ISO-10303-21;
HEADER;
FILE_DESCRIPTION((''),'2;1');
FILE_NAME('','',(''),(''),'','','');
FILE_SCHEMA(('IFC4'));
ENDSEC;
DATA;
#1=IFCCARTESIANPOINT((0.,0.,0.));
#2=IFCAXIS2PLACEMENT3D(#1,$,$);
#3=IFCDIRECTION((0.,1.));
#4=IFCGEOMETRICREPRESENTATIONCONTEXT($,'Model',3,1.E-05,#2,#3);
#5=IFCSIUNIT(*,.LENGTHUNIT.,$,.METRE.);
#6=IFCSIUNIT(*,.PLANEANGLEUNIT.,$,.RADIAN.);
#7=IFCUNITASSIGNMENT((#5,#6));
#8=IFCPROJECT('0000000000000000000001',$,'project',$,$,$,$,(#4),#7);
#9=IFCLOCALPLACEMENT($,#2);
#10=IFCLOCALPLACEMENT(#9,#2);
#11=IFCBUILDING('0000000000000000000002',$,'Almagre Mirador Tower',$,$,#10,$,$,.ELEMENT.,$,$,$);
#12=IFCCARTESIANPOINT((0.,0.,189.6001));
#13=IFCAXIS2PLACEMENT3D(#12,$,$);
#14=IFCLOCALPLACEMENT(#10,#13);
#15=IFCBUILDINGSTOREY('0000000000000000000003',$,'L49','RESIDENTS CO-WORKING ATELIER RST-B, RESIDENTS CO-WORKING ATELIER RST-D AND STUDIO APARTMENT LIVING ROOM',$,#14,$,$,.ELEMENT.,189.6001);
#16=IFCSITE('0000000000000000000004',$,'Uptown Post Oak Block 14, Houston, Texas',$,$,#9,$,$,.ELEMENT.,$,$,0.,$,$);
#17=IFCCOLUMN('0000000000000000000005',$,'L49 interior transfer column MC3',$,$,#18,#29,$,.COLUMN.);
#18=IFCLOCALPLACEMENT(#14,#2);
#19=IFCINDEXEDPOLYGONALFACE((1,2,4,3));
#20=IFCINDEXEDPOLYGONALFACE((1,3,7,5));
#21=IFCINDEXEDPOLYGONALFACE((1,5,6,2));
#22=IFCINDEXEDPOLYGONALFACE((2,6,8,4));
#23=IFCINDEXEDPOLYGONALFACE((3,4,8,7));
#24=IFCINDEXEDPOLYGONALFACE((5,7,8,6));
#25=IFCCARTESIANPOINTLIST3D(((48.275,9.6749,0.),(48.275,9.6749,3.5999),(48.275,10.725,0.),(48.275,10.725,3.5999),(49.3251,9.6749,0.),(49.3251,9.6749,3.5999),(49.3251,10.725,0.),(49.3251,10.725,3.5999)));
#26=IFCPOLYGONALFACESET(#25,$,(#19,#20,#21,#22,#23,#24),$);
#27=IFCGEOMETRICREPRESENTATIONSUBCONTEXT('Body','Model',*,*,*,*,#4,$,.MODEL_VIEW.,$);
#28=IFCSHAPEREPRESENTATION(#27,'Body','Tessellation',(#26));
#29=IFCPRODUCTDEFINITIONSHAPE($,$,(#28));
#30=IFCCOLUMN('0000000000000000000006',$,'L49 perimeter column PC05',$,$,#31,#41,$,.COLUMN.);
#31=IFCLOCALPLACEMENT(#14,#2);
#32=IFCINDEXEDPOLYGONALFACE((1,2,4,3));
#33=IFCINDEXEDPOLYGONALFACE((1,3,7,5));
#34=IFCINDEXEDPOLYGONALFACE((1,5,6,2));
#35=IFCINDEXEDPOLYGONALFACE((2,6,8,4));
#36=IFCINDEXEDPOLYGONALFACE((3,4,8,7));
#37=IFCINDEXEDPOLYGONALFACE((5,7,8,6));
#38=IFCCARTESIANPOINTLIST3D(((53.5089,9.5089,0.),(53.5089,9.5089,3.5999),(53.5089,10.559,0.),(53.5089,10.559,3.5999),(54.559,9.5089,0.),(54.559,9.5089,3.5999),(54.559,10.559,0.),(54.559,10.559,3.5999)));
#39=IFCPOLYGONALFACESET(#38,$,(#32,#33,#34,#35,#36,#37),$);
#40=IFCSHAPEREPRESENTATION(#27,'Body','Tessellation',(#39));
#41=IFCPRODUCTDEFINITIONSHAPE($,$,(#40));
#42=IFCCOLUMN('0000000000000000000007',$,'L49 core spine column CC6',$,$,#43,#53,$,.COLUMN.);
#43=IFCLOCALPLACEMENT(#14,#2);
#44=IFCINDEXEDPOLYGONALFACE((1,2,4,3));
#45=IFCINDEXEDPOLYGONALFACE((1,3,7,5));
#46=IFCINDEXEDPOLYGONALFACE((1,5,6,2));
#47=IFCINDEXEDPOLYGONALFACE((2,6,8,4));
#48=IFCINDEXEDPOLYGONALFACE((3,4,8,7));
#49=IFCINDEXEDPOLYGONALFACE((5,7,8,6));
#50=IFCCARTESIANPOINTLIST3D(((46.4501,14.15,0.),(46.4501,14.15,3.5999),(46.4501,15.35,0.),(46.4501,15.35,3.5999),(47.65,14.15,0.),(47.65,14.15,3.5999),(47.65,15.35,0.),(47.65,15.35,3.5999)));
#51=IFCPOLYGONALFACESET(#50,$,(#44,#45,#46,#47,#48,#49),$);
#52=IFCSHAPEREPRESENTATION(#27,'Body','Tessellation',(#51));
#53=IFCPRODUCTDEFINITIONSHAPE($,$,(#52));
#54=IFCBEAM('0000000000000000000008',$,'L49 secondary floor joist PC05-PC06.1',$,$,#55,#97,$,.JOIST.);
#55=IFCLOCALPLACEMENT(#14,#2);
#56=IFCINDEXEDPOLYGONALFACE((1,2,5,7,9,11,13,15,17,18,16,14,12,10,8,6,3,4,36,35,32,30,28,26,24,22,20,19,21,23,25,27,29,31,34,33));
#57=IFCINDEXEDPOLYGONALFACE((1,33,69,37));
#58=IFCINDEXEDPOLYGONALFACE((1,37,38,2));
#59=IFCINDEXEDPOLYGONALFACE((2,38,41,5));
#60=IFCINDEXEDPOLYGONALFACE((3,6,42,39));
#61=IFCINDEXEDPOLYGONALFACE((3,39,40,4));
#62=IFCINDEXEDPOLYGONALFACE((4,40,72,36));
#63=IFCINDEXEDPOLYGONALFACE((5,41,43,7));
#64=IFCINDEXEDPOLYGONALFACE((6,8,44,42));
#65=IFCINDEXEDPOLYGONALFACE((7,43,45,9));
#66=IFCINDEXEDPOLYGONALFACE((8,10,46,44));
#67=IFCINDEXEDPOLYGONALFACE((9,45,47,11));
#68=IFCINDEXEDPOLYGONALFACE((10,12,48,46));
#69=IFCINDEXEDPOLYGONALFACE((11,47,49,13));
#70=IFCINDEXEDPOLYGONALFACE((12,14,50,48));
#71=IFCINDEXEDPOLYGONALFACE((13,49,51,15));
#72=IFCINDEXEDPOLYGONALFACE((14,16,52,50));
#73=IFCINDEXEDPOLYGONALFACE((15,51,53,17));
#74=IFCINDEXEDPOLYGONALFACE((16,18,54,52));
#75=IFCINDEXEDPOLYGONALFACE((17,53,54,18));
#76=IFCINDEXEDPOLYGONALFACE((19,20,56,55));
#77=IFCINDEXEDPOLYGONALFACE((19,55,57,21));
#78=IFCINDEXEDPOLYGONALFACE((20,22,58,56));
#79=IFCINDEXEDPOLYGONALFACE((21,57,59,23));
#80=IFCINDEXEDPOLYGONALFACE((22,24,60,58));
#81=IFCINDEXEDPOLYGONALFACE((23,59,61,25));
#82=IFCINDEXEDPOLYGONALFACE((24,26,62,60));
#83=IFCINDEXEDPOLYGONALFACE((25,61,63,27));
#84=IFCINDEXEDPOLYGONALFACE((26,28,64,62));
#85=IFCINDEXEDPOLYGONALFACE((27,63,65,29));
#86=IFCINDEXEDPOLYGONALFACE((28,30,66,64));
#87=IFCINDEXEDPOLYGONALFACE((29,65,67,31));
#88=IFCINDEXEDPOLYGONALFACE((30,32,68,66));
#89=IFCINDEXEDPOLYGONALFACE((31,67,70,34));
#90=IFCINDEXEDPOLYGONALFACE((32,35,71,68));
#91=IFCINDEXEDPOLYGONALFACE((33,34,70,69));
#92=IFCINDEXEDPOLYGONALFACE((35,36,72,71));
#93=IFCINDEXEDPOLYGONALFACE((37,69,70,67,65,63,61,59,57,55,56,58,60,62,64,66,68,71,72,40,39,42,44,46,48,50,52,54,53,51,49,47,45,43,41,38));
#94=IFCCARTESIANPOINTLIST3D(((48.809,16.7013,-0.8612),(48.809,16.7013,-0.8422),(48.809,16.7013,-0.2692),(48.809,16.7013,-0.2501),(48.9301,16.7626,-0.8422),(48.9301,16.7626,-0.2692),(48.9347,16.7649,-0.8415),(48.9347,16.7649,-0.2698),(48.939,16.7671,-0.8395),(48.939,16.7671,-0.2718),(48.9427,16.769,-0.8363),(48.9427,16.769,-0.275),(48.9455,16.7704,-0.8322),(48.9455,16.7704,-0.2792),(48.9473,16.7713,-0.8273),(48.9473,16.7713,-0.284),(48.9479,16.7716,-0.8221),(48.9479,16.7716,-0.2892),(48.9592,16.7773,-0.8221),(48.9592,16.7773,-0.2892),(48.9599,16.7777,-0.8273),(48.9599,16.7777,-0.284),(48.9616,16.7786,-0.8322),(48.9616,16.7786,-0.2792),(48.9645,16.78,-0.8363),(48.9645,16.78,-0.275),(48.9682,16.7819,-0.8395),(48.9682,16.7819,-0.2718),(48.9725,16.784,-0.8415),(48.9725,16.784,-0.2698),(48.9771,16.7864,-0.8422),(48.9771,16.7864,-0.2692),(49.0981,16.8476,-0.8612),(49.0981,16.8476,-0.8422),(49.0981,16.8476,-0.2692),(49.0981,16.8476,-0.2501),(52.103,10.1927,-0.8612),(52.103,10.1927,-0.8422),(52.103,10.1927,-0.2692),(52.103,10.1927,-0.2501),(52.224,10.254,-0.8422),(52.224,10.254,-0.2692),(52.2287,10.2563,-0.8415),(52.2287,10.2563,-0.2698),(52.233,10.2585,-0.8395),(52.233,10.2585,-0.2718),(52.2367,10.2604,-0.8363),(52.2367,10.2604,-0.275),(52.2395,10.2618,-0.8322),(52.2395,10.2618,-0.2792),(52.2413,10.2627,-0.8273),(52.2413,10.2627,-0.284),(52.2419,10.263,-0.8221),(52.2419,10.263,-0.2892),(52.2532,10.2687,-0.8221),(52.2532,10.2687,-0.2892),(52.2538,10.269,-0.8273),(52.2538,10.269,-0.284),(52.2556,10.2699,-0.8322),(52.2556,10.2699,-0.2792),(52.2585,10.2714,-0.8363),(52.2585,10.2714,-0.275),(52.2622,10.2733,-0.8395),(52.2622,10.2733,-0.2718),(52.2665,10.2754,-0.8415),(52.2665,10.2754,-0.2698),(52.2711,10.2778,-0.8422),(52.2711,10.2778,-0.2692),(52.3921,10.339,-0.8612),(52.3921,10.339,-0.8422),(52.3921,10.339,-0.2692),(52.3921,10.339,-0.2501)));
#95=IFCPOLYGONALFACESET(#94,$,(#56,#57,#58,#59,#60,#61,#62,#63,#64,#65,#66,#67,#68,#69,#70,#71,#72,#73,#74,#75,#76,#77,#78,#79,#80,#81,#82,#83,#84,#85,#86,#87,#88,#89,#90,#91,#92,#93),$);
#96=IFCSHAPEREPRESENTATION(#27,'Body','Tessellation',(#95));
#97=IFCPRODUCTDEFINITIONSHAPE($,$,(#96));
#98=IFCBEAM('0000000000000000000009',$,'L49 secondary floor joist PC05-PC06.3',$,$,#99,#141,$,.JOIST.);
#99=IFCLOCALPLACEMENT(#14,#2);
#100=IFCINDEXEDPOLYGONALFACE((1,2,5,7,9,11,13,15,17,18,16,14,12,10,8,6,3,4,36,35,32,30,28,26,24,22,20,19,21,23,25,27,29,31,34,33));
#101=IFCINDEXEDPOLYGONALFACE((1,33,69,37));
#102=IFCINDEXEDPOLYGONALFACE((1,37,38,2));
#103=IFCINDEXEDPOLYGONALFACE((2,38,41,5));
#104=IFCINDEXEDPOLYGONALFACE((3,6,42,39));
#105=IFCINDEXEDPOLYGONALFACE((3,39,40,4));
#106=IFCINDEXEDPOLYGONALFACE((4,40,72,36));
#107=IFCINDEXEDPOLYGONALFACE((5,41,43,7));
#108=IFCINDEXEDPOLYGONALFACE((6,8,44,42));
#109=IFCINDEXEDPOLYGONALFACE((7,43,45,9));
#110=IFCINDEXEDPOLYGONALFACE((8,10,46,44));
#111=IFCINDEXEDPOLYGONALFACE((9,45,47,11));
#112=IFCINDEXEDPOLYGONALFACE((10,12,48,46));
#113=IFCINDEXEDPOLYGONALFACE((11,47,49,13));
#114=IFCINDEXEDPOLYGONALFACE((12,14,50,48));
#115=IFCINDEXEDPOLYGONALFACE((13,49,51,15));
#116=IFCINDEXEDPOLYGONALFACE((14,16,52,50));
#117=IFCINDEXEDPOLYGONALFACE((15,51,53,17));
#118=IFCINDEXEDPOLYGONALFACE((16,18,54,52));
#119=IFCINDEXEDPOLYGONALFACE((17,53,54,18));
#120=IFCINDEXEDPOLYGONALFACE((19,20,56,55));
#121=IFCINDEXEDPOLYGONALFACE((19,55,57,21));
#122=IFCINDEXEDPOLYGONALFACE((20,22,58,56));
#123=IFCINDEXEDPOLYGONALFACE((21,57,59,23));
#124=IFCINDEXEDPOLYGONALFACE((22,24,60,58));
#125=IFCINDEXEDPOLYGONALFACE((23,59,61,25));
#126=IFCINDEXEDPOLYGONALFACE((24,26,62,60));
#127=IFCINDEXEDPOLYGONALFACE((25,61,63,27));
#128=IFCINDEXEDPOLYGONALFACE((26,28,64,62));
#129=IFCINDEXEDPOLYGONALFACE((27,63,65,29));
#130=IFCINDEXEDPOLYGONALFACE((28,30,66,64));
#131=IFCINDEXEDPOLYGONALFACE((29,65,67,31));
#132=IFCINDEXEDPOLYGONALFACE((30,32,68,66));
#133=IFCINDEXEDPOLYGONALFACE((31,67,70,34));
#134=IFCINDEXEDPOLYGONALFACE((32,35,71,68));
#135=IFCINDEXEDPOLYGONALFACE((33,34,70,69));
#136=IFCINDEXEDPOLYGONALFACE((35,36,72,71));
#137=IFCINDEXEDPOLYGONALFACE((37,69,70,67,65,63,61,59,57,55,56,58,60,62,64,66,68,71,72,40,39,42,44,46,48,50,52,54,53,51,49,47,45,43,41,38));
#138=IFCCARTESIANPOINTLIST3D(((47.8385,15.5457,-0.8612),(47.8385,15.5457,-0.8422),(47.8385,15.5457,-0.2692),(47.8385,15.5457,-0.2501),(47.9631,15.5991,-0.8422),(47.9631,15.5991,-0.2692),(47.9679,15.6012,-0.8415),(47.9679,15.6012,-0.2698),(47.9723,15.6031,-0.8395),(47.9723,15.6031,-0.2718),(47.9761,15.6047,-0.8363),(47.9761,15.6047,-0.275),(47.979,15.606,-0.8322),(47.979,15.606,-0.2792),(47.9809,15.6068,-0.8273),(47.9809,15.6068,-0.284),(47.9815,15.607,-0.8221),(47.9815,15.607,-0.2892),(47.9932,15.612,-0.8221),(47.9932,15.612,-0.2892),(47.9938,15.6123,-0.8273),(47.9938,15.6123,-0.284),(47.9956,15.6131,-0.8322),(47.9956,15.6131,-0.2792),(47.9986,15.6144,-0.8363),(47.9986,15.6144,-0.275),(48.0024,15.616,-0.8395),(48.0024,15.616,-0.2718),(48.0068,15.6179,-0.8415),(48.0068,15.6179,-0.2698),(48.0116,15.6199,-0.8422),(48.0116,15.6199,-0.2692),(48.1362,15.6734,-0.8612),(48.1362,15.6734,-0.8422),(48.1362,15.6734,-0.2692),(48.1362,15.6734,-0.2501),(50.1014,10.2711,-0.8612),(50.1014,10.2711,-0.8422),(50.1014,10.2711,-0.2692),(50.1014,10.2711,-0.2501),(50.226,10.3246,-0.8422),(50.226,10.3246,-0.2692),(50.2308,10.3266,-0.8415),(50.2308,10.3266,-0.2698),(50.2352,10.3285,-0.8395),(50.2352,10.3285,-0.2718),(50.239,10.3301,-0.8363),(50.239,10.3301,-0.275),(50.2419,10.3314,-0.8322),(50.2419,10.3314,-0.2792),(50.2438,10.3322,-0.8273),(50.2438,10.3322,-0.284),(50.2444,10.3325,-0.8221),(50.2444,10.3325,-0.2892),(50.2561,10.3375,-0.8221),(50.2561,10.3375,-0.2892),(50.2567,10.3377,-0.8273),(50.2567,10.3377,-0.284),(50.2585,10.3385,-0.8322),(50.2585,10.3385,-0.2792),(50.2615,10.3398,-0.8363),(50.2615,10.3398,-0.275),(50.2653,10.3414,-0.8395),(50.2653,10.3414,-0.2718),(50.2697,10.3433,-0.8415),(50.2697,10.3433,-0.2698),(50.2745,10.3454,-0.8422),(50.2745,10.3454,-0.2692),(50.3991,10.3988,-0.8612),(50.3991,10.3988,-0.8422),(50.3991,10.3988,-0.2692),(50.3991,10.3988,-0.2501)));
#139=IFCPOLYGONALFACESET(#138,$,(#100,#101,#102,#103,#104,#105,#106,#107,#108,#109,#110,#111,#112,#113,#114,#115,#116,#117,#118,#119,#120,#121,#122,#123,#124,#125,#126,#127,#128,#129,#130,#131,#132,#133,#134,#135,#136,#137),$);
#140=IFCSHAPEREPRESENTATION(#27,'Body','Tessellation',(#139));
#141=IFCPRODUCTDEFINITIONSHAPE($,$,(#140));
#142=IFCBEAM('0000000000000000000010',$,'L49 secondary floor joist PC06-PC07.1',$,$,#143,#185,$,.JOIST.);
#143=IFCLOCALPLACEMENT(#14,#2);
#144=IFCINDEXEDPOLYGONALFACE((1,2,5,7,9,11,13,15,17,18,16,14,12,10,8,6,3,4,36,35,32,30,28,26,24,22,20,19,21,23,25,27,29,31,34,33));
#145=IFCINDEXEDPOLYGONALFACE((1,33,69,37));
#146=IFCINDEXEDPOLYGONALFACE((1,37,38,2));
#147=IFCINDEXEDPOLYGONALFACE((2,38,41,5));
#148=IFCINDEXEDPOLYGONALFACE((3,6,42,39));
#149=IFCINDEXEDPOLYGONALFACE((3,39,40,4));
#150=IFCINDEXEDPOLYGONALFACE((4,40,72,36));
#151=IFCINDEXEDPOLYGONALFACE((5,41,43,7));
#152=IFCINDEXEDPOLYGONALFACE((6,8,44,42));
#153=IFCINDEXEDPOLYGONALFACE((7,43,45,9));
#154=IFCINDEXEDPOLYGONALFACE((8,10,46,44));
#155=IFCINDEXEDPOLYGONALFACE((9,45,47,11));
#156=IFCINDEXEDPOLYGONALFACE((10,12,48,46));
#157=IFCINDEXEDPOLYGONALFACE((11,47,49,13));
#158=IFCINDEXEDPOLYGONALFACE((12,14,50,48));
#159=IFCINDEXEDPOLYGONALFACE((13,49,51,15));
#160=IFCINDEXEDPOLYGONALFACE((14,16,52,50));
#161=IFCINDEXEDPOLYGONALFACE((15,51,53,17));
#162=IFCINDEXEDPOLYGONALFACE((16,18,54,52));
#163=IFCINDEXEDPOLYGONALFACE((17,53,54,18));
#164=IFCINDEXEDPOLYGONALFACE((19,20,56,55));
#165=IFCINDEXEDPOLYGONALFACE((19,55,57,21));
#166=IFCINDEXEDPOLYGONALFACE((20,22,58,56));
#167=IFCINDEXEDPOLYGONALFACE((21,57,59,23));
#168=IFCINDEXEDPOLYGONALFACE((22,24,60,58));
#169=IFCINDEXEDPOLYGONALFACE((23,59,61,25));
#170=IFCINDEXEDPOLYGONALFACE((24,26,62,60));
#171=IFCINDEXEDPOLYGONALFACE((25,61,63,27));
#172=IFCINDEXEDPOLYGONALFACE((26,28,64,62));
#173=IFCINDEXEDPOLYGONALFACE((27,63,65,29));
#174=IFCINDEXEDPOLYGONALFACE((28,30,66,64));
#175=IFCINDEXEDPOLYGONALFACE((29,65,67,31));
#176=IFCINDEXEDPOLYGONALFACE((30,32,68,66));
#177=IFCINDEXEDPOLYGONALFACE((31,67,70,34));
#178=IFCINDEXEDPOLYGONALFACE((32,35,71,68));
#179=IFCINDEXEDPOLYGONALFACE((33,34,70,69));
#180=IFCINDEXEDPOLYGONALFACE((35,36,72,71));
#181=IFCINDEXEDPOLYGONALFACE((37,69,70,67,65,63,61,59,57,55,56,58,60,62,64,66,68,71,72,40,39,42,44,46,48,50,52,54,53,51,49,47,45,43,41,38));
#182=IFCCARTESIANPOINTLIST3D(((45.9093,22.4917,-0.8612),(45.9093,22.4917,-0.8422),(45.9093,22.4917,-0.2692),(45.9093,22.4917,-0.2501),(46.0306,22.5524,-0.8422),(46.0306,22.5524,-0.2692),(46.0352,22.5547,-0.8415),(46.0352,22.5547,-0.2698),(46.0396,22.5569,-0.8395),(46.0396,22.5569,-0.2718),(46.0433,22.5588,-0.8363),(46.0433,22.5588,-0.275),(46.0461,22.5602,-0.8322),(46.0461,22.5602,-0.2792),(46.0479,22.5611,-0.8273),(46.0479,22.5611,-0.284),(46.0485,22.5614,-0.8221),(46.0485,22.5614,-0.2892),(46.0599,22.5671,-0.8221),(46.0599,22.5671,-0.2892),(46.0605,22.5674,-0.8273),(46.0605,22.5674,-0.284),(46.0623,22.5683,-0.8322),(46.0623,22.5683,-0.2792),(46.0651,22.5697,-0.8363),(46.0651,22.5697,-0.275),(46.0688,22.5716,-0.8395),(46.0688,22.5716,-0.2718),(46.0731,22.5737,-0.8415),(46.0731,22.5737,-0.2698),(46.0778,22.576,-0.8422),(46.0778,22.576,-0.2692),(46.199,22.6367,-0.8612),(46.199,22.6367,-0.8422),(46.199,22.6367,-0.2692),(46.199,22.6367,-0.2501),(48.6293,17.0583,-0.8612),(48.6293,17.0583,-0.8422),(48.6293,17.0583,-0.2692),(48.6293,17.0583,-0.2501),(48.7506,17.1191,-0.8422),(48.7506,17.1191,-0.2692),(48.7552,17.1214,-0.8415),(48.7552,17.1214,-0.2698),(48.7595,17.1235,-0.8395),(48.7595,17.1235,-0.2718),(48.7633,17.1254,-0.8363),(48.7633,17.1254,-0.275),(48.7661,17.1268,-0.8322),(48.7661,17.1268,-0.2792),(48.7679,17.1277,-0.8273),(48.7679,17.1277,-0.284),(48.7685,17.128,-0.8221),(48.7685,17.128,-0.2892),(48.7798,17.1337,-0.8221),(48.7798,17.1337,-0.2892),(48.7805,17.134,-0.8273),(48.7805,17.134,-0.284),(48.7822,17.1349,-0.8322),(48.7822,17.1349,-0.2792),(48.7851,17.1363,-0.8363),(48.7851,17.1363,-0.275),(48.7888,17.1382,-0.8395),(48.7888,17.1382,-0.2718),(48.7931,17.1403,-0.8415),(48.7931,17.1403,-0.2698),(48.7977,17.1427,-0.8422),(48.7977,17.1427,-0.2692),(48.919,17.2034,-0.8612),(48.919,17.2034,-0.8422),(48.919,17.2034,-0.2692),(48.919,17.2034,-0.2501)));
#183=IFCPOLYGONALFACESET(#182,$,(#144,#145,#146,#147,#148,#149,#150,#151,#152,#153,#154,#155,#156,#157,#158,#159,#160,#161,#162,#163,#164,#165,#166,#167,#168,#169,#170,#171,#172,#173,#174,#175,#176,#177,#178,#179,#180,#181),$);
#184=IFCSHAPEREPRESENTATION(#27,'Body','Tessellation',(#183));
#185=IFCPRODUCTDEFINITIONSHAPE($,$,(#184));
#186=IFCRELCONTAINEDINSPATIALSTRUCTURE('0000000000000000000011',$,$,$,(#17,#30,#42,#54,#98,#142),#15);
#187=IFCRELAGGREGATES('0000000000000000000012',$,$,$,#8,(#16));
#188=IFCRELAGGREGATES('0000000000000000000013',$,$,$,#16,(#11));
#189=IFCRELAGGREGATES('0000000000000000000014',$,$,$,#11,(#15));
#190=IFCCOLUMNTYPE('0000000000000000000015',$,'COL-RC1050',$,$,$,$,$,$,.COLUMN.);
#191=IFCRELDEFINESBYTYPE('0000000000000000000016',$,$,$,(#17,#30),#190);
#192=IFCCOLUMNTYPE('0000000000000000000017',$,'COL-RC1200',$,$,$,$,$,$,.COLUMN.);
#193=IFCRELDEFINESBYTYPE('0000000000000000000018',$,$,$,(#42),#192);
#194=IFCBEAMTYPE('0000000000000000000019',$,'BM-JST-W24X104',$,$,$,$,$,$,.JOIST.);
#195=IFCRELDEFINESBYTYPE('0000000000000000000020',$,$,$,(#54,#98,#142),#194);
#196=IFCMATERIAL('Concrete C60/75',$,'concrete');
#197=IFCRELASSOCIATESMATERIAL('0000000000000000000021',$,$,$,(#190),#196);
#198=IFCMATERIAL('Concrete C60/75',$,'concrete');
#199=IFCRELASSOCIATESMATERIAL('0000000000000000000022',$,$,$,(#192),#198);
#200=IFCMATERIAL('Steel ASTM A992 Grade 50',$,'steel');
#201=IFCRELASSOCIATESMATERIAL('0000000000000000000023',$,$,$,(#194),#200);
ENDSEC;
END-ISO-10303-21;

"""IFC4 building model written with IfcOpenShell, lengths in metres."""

from ifc_helpers import new_model, si_unit, direction, frame, origin, origin_2d, place, context, subcontext, project, spatial, rectangle, i_section, extrude, material, material_profile, profile_set, type_object, element, save


model = new_model("IFC4")

# Units and contexts
model_context = context("Model", 3, precision=1e-05, world=origin(), true_north=direction((0.0, 1.0)))
body_context = subcontext(model_context, "Body", "Model", "MODEL_VIEW")
ifc_project = project(units=[si_unit("LENGTHUNIT", "METRE"), si_unit("PLANEANGLEUNIT", "RADIAN")], contexts=[model_context])

# Site, building, storey
site_placement = place(None, origin())
site = spatial("IfcSite", under=ifc_project, at=site_placement, Name="Uptown Post Oak Block 14, Houston, Texas", CompositionType="ELEMENT", RefElevation=0.0)
building_placement = place(site_placement, origin())
building = spatial("IfcBuilding", under=site, at=building_placement, Name="Almagre Mirador Tower", CompositionType="ELEMENT")
storey_placement = place(building_placement, frame((0.0, 0.0, 189.6001)))
storey = spatial("IfcBuildingStorey", under=building, at=storey_placement, Name="L49", Description="RESIDENTS CO-WORKING ATELIER RST-B, RESIDENTS CO-WORKING ATELIER RST-D AND STUDIO APARTMENT LIVING ROOM", CompositionType="ELEMENT", Elevation=189.6001)

# Columns
ifc_material_1 = material(Name="Concrete C60/75", Category="concrete")
ifc_material_profile_1 = material_profile(ifc_material_1, rectangle(XDim=1.05, YDim=1.05, at=origin_2d()), Name="RC1050X1050")
ifc_profile_set_1 = profile_set([ifc_material_profile_1], Name="Concrete C60/75")
column_type_1 = type_object("IfcColumnType", Name="COL-RC1050", PredefinedType="COLUMN", material=ifc_profile_set_1)
for number, where, z_axis, x_axis, name in (
    (1, (48.8, 10.2, 0.0), (0.0, 0.0, 1.0), (1.0, 0.0, 0.0), "L49 interior transfer column MC3"),
    (2, (54.0339, 10.0339, 0.0), (0.0, 0.0, 1.0), (1.0, 0.0, 0.0), "L49 perimeter column PC05"),
):
    element("IfcColumn", number, at=place(storey_placement, frame(where, z_axis=z_axis, x_axis=x_axis)), inside=storey, type_object=column_type_1, Name=name, PredefinedType="COLUMN", context=body_context, shape_type="SweptSolid", body=[
        extrude(rectangle(XDim=1.05, YDim=1.05, at=origin_2d()), origin(), (0.0, 0.0, 1.0), 3.5999),
    ])
ifc_material_2 = material(Name="Concrete C60/75", Category="concrete")
ifc_material_profile_2 = material_profile(ifc_material_2, rectangle(XDim=1.2, YDim=1.2, at=origin_2d()), Name="RC1200X1200")
ifc_profile_set_2 = profile_set([ifc_material_profile_2], Name="Concrete C60/75")
column_type_2 = type_object("IfcColumnType", Name="COL-RC1200", PredefinedType="COLUMN", material=ifc_profile_set_2)
column_placement = place(storey_placement, frame((47.05, 14.75, 0.0), z_axis=(0.0, 0.0, 1.0), x_axis=(1.0, 0.0, 0.0)))
element("IfcColumn", 3, at=column_placement, inside=storey, type_object=column_type_2, Name="L49 core spine column CC6", PredefinedType="COLUMN", context=body_context, shape_type="SweptSolid", body=[
    extrude(rectangle(XDim=1.2, YDim=1.2, at=origin_2d()), origin(), (0.0, 0.0, 1.0), 3.5999),
])

# Beams
ifc_material_3 = material(Name="Steel ASTM A992 Grade 50", Category="steel")
ifc_material_profile_3 = material_profile(ifc_material_3, i_section(OverallWidth=0.324, OverallDepth=0.6111, WebThickness=0.0127, FlangeThickness=0.019, FilletRadius=0.02, at=origin_2d()), Name="W24X104")
ifc_profile_set_3 = profile_set([ifc_material_profile_3], Name="Steel ASTM A992 Grade 50")
beam_type_1 = type_object("IfcBeamType", Name="BM-JST-W24X104", PredefinedType="JOIST", material=ifc_profile_set_3)
beam_1_placement = place(storey_placement, frame((52.2476, 10.2659, -0.5557), z_axis=(-0.451559, 0.892241, 0.0), x_axis=(-0.892241, -0.451559, 0.0)))
element("IfcBeam", 4, at=beam_1_placement, inside=storey, type_object=beam_type_1, Name="L49 secondary floor joist PC05-PC06.1", PredefinedType="JOIST", context=body_context, shape_type="SweptSolid", body=[
    extrude(i_section(OverallWidth=0.324, OverallDepth=0.6111, WebThickness=0.0127, FlangeThickness=0.019, FilletRadius=0.02, at=origin_2d()), origin(), (0.0, 0.0, 1.0), 7.2947),
])
beam_2_placement = place(storey_placement, frame((50.2502, 10.335, -0.5557), z_axis=(-0.394268, 0.918995, 0.0), x_axis=(-0.918995, -0.394268, 0.0)))
element("IfcBeam", 5, at=beam_2_placement, inside=storey, type_object=beam_type_1, Name="L49 secondary floor joist PC05-PC06.3", PredefinedType="JOIST", context=body_context, shape_type="SweptSolid", body=[
    extrude(i_section(OverallWidth=0.324, OverallDepth=0.6111, WebThickness=0.0127, FlangeThickness=0.019, FilletRadius=0.02, at=origin_2d()), origin(), (0.0, 0.0, 1.0), 5.7395),
])
beam_3_placement = place(storey_placement, frame((48.7742, 17.1309, -0.5557), z_axis=(-0.447647, 0.89421, 0.0), x_axis=(-0.89421, -0.447647, 0.0)))
element("IfcBeam", 6, at=beam_3_placement, inside=storey, type_object=beam_type_1, Name="L49 secondary floor joist PC06-PC07.1", PredefinedType="JOIST", context=body_context, shape_type="SweptSolid", body=[
    extrude(i_section(OverallWidth=0.324, OverallDepth=0.6111, WebThickness=0.0127, FlangeThickness=0.019, FilletRadius=0.02, at=origin_2d()), origin(), (0.0, 0.0, 1.0), 6.0762),
])

save(model, "model.ifc")
